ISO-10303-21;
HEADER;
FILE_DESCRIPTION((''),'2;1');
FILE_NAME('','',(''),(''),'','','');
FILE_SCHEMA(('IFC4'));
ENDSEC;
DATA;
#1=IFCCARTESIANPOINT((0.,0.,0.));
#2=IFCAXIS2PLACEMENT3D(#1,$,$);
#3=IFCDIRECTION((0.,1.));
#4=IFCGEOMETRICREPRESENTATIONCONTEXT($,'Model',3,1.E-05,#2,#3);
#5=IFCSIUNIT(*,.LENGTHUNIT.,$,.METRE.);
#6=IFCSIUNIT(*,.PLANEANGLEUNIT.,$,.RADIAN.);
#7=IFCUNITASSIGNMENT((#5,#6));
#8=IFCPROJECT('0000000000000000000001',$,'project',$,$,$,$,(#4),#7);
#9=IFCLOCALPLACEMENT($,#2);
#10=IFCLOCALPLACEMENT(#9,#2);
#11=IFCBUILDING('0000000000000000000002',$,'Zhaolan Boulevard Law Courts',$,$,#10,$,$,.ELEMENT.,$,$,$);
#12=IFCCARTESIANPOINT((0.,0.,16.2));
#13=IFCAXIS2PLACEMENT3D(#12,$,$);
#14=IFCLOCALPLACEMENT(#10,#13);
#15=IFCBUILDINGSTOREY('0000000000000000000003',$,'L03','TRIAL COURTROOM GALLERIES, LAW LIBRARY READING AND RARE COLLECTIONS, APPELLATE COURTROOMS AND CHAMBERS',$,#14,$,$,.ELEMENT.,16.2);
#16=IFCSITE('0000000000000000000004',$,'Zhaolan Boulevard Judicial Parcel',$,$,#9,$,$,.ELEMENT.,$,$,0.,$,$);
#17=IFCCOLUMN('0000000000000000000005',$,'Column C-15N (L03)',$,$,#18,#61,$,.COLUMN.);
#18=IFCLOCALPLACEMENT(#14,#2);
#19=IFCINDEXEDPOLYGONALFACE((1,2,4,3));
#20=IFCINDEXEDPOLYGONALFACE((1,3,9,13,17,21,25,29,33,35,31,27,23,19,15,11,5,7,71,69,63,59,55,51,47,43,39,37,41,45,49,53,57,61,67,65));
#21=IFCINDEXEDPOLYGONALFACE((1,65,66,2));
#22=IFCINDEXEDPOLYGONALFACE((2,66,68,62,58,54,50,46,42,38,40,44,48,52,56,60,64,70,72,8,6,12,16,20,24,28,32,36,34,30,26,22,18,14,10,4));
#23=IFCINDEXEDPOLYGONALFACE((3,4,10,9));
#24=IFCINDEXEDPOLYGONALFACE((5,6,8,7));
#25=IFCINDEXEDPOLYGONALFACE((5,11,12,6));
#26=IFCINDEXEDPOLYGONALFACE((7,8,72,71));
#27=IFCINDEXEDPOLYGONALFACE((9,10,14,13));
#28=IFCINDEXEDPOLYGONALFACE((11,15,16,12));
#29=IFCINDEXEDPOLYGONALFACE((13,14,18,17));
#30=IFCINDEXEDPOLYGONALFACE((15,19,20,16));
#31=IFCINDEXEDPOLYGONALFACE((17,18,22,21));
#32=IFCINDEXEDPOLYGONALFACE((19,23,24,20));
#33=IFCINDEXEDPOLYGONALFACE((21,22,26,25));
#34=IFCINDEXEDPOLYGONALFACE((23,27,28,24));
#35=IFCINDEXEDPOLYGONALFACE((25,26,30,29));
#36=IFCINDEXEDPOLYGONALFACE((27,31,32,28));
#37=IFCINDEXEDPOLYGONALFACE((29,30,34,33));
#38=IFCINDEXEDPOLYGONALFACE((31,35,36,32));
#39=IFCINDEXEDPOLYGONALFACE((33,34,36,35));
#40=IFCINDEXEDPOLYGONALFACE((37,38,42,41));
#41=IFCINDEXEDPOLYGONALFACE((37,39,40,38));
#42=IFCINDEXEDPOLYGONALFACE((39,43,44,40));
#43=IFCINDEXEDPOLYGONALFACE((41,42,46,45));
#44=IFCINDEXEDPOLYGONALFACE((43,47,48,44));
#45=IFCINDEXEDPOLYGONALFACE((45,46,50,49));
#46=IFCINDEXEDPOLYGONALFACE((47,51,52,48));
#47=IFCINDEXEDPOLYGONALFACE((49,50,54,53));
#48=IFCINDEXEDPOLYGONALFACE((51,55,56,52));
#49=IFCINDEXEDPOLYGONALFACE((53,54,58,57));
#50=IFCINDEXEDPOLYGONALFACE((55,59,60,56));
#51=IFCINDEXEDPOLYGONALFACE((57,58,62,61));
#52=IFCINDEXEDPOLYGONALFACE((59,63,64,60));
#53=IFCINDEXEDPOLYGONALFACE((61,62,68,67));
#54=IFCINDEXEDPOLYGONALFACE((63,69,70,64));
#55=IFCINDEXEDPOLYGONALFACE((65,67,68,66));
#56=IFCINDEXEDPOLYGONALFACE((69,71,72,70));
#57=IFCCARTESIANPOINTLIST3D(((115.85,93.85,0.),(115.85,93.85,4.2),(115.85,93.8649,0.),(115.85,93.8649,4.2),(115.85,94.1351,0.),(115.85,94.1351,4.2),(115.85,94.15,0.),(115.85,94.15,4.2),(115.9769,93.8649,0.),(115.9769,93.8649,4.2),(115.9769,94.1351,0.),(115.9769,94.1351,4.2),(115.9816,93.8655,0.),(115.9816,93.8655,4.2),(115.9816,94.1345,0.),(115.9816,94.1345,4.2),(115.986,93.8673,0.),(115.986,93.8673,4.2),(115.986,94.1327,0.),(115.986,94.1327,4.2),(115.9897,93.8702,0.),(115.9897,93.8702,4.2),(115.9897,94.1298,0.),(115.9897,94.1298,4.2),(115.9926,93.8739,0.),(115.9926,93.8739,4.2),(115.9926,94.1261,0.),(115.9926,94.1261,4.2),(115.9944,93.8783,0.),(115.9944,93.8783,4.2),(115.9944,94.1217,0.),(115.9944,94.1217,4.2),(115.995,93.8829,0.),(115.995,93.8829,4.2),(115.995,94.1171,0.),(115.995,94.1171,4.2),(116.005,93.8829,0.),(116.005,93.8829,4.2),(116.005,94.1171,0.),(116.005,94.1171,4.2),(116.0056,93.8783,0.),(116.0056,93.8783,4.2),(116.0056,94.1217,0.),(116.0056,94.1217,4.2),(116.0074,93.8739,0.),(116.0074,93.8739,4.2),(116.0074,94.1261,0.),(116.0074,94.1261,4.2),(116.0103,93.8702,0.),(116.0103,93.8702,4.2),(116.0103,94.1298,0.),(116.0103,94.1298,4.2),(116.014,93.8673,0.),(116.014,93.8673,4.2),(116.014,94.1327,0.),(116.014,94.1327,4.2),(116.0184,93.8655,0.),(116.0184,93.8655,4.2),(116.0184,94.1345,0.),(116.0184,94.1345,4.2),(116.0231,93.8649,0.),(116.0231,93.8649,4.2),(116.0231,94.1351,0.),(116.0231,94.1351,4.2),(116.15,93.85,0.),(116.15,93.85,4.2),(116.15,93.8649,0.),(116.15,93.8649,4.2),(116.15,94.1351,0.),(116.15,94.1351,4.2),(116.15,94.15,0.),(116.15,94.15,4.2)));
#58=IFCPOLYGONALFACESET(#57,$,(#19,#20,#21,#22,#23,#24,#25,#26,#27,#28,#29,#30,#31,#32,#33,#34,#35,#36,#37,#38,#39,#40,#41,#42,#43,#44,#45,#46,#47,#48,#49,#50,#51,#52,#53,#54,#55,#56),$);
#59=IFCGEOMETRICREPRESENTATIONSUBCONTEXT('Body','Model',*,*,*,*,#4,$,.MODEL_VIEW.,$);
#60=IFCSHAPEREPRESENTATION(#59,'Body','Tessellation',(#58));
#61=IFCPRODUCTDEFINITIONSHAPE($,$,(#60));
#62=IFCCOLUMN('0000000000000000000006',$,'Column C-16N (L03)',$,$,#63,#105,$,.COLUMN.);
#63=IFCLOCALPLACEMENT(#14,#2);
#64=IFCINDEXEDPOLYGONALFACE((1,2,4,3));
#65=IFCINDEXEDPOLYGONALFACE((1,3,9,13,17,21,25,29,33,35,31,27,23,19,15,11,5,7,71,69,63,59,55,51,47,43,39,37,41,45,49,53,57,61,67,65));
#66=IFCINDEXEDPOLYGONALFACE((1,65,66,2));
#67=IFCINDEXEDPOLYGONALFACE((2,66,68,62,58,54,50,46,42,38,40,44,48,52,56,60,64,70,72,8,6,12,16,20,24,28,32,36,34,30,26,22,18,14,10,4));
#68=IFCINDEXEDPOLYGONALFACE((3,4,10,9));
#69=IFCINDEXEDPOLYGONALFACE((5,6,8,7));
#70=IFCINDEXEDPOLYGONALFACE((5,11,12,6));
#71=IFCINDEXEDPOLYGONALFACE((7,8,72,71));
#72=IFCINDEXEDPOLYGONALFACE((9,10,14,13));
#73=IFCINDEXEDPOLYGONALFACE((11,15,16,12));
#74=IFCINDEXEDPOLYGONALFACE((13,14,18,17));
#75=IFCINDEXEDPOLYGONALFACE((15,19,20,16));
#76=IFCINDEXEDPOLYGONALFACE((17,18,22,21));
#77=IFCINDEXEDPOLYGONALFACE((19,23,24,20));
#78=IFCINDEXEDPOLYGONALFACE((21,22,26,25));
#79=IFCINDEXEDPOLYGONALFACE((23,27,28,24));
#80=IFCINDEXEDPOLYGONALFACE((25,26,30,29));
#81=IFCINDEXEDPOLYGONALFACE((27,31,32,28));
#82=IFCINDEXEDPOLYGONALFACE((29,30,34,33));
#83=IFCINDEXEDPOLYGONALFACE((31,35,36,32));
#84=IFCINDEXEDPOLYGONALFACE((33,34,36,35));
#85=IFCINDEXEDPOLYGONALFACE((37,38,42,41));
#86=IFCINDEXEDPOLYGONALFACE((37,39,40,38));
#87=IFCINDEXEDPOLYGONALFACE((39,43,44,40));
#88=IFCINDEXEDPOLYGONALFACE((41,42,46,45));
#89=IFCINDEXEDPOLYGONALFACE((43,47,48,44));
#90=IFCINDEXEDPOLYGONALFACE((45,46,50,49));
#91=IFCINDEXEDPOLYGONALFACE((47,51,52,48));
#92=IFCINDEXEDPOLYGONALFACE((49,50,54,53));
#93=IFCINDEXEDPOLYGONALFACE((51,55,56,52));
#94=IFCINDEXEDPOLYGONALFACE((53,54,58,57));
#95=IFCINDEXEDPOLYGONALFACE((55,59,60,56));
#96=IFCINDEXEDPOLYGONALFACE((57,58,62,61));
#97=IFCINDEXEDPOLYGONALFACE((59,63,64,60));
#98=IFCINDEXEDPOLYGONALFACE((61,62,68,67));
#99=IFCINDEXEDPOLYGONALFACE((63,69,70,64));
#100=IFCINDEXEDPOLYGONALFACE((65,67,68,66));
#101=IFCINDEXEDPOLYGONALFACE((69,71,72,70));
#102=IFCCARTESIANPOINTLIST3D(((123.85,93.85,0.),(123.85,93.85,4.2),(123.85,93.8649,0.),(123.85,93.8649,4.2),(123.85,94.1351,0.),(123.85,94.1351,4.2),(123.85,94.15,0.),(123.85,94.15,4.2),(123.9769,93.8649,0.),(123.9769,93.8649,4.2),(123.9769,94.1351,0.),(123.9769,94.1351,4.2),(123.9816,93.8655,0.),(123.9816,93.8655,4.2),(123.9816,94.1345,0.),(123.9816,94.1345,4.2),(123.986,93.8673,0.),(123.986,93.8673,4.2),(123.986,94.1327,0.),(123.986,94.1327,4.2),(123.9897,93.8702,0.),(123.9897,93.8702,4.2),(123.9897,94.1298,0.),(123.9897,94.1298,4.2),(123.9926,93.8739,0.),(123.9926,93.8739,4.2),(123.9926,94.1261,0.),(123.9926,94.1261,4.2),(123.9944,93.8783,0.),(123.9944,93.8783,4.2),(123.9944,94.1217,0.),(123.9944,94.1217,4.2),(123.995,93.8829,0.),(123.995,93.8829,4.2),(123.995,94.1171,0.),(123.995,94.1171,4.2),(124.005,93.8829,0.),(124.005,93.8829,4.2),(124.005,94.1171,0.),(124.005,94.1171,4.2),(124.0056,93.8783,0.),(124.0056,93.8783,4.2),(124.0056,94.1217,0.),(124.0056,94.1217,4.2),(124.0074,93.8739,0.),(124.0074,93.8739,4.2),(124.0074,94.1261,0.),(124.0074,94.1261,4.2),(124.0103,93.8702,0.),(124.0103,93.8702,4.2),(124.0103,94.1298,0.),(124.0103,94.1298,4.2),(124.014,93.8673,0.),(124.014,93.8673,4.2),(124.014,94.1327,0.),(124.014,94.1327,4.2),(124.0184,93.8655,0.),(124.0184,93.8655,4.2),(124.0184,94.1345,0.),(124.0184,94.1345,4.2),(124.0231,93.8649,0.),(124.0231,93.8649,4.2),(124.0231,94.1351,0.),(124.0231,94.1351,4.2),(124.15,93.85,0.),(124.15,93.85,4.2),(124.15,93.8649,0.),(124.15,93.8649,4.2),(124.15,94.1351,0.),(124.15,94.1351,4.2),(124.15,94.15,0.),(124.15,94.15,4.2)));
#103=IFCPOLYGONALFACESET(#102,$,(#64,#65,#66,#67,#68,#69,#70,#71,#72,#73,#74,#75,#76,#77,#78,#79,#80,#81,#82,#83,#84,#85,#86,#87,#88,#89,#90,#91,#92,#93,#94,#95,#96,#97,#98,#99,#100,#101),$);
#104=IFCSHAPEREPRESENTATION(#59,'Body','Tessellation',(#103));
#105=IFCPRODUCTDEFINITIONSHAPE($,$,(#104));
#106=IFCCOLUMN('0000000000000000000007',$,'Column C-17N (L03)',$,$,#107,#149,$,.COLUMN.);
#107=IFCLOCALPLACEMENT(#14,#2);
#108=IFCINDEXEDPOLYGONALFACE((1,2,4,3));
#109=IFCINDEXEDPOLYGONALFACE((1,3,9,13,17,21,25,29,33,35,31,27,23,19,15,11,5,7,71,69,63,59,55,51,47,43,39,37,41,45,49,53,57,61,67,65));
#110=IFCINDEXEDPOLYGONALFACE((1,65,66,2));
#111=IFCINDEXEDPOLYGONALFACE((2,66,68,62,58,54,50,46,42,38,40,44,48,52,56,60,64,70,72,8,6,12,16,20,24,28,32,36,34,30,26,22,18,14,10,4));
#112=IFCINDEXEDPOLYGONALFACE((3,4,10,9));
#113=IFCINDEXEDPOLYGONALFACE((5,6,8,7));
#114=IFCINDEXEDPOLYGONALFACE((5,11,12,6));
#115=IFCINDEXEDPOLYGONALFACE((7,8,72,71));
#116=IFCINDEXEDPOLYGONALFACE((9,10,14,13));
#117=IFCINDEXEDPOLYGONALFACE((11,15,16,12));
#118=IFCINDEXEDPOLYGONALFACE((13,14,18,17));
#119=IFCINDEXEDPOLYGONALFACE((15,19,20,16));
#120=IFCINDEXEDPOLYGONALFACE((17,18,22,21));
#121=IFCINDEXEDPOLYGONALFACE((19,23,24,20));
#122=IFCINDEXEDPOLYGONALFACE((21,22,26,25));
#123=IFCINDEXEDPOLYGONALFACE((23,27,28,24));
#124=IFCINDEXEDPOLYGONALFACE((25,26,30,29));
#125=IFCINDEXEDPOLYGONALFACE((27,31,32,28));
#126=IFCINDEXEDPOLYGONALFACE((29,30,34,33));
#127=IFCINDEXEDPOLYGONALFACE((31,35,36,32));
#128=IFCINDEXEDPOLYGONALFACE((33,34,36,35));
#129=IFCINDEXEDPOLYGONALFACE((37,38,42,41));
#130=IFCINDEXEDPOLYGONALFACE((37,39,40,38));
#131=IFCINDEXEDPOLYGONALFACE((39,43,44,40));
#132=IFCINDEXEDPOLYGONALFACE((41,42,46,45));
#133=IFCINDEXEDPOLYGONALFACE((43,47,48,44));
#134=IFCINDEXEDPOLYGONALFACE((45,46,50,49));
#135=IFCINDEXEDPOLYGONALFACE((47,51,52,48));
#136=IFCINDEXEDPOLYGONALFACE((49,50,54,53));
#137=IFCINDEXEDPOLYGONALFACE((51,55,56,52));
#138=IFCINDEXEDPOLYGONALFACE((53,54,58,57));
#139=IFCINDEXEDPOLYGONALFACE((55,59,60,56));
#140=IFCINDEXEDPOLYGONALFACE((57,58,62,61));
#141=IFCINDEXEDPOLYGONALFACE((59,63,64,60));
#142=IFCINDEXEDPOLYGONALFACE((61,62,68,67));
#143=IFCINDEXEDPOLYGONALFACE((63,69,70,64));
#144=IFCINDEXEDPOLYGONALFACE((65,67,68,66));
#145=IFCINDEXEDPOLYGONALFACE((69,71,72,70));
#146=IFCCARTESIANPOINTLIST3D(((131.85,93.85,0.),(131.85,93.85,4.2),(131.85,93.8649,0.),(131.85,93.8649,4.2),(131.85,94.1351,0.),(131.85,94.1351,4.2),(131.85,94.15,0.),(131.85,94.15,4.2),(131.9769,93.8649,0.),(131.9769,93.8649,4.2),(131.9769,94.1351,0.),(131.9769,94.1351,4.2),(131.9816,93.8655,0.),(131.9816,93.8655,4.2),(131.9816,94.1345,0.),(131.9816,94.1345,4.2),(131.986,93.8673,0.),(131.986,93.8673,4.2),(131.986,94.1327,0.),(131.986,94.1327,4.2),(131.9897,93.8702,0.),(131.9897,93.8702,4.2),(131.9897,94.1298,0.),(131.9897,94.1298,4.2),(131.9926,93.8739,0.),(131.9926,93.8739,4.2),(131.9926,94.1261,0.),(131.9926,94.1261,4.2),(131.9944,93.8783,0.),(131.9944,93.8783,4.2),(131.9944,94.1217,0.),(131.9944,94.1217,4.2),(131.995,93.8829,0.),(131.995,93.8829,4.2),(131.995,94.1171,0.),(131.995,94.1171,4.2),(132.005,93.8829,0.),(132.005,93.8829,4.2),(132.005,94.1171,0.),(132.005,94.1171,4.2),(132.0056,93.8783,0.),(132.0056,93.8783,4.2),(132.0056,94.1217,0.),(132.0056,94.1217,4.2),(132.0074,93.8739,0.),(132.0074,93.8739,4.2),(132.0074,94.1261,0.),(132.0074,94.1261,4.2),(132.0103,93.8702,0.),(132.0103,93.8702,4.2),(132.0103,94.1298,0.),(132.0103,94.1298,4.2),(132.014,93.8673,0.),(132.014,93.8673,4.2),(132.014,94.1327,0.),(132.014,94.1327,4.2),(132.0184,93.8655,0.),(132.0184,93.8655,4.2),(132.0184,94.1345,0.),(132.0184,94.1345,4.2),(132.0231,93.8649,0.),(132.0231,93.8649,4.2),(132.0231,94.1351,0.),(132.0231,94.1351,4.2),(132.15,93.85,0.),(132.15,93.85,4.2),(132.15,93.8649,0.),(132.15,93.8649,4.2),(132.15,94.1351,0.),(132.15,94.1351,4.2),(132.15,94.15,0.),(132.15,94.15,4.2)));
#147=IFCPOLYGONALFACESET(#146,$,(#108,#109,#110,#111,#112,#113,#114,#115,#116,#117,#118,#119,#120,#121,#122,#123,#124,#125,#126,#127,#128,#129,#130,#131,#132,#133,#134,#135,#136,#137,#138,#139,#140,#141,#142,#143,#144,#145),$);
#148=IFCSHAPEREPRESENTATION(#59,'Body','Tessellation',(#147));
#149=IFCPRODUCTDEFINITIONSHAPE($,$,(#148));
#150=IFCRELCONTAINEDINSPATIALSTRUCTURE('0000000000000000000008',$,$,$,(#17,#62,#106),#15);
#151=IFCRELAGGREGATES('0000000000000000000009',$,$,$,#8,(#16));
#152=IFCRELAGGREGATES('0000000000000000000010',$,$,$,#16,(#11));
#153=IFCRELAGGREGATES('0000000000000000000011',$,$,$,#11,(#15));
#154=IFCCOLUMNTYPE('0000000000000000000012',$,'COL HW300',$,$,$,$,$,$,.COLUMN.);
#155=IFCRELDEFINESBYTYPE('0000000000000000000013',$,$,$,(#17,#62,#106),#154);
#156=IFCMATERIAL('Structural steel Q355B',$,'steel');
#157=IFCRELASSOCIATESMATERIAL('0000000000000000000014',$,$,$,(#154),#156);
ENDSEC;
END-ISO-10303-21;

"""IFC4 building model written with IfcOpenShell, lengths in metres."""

from ifc_helpers import new_model, si_unit, direction, frame, origin, origin_2d, place, context, subcontext, project, spatial, i_section, extrude, material, material_profile, profile_set, type_object, element, save


model = new_model("IFC4")

# Units and contexts
model_context = context("Model", 3, precision=1e-05, world=origin(), true_north=direction((0.0, 1.0)))
body_context = subcontext(model_context, "Body", "Model", "MODEL_VIEW")
ifc_project = project(units=[si_unit("LENGTHUNIT", "METRE"), si_unit("PLANEANGLEUNIT", "RADIAN")], contexts=[model_context])

# Site, building, storey
site_placement = place(None, origin())
site = spatial("IfcSite", under=ifc_project, at=site_placement, Name="Zhaolan Boulevard Judicial Parcel", CompositionType="ELEMENT", RefElevation=0.0)
building_placement = place(site_placement, origin())
building = spatial("IfcBuilding", under=site, at=building_placement, Name="Zhaolan Boulevard Law Courts", CompositionType="ELEMENT")
storey_placement = place(building_placement, frame((0.0, 0.0, 16.2)))
storey = spatial("IfcBuildingStorey", under=building, at=storey_placement, Name="L03", Description="TRIAL COURTROOM GALLERIES, LAW LIBRARY READING AND RARE COLLECTIONS, APPELLATE COURTROOMS AND CHAMBERS", CompositionType="ELEMENT", Elevation=16.2)

# Columns
ifc_material_1 = material(Name="Structural steel Q355B", Category="steel")
ifc_material_profile_1 = material_profile(ifc_material_1, i_section(OverallWidth=0.3, OverallDepth=0.3, WebThickness=0.01, FlangeThickness=0.0149, FilletRadius=0.0181, at=origin_2d()), Name="HW300x300")
ifc_profile_set_1 = profile_set([ifc_material_profile_1], Name="Structural steel Q355B")
column_type = type_object("IfcColumnType", Name="COL HW300", PredefinedType="COLUMN", material=ifc_profile_set_1)
for number, where, z_axis, x_axis, name in (
    (1, (116.0, 94.0, 0.0), (0.0, 0.0, 1.0), (1.0, 0.0, 0.0), "Column C-15N (L03)"),
    (2, (124.0, 94.0, 0.0), (0.0, 0.0, 1.0), (1.0, 0.0, 0.0), "Column C-16N (L03)"),
    (3, (132.0, 94.0, 0.0), (0.0, 0.0, 1.0), (1.0, 0.0, 0.0), "Column C-17N (L03)"),
):
    element("IfcColumn", number, at=place(storey_placement, frame(where, z_axis=z_axis, x_axis=x_axis)), inside=storey, type_object=column_type, Name=name, PredefinedType="COLUMN", context=body_context, shape_type="SweptSolid", body=[
        extrude(i_section(OverallWidth=0.3, OverallDepth=0.3, WebThickness=0.01, FlangeThickness=0.0149, FilletRadius=0.0181, at=origin_2d()), origin(), (0.0, 0.0, 1.0), 4.2),
    ])

save(model, "model.ifc")
